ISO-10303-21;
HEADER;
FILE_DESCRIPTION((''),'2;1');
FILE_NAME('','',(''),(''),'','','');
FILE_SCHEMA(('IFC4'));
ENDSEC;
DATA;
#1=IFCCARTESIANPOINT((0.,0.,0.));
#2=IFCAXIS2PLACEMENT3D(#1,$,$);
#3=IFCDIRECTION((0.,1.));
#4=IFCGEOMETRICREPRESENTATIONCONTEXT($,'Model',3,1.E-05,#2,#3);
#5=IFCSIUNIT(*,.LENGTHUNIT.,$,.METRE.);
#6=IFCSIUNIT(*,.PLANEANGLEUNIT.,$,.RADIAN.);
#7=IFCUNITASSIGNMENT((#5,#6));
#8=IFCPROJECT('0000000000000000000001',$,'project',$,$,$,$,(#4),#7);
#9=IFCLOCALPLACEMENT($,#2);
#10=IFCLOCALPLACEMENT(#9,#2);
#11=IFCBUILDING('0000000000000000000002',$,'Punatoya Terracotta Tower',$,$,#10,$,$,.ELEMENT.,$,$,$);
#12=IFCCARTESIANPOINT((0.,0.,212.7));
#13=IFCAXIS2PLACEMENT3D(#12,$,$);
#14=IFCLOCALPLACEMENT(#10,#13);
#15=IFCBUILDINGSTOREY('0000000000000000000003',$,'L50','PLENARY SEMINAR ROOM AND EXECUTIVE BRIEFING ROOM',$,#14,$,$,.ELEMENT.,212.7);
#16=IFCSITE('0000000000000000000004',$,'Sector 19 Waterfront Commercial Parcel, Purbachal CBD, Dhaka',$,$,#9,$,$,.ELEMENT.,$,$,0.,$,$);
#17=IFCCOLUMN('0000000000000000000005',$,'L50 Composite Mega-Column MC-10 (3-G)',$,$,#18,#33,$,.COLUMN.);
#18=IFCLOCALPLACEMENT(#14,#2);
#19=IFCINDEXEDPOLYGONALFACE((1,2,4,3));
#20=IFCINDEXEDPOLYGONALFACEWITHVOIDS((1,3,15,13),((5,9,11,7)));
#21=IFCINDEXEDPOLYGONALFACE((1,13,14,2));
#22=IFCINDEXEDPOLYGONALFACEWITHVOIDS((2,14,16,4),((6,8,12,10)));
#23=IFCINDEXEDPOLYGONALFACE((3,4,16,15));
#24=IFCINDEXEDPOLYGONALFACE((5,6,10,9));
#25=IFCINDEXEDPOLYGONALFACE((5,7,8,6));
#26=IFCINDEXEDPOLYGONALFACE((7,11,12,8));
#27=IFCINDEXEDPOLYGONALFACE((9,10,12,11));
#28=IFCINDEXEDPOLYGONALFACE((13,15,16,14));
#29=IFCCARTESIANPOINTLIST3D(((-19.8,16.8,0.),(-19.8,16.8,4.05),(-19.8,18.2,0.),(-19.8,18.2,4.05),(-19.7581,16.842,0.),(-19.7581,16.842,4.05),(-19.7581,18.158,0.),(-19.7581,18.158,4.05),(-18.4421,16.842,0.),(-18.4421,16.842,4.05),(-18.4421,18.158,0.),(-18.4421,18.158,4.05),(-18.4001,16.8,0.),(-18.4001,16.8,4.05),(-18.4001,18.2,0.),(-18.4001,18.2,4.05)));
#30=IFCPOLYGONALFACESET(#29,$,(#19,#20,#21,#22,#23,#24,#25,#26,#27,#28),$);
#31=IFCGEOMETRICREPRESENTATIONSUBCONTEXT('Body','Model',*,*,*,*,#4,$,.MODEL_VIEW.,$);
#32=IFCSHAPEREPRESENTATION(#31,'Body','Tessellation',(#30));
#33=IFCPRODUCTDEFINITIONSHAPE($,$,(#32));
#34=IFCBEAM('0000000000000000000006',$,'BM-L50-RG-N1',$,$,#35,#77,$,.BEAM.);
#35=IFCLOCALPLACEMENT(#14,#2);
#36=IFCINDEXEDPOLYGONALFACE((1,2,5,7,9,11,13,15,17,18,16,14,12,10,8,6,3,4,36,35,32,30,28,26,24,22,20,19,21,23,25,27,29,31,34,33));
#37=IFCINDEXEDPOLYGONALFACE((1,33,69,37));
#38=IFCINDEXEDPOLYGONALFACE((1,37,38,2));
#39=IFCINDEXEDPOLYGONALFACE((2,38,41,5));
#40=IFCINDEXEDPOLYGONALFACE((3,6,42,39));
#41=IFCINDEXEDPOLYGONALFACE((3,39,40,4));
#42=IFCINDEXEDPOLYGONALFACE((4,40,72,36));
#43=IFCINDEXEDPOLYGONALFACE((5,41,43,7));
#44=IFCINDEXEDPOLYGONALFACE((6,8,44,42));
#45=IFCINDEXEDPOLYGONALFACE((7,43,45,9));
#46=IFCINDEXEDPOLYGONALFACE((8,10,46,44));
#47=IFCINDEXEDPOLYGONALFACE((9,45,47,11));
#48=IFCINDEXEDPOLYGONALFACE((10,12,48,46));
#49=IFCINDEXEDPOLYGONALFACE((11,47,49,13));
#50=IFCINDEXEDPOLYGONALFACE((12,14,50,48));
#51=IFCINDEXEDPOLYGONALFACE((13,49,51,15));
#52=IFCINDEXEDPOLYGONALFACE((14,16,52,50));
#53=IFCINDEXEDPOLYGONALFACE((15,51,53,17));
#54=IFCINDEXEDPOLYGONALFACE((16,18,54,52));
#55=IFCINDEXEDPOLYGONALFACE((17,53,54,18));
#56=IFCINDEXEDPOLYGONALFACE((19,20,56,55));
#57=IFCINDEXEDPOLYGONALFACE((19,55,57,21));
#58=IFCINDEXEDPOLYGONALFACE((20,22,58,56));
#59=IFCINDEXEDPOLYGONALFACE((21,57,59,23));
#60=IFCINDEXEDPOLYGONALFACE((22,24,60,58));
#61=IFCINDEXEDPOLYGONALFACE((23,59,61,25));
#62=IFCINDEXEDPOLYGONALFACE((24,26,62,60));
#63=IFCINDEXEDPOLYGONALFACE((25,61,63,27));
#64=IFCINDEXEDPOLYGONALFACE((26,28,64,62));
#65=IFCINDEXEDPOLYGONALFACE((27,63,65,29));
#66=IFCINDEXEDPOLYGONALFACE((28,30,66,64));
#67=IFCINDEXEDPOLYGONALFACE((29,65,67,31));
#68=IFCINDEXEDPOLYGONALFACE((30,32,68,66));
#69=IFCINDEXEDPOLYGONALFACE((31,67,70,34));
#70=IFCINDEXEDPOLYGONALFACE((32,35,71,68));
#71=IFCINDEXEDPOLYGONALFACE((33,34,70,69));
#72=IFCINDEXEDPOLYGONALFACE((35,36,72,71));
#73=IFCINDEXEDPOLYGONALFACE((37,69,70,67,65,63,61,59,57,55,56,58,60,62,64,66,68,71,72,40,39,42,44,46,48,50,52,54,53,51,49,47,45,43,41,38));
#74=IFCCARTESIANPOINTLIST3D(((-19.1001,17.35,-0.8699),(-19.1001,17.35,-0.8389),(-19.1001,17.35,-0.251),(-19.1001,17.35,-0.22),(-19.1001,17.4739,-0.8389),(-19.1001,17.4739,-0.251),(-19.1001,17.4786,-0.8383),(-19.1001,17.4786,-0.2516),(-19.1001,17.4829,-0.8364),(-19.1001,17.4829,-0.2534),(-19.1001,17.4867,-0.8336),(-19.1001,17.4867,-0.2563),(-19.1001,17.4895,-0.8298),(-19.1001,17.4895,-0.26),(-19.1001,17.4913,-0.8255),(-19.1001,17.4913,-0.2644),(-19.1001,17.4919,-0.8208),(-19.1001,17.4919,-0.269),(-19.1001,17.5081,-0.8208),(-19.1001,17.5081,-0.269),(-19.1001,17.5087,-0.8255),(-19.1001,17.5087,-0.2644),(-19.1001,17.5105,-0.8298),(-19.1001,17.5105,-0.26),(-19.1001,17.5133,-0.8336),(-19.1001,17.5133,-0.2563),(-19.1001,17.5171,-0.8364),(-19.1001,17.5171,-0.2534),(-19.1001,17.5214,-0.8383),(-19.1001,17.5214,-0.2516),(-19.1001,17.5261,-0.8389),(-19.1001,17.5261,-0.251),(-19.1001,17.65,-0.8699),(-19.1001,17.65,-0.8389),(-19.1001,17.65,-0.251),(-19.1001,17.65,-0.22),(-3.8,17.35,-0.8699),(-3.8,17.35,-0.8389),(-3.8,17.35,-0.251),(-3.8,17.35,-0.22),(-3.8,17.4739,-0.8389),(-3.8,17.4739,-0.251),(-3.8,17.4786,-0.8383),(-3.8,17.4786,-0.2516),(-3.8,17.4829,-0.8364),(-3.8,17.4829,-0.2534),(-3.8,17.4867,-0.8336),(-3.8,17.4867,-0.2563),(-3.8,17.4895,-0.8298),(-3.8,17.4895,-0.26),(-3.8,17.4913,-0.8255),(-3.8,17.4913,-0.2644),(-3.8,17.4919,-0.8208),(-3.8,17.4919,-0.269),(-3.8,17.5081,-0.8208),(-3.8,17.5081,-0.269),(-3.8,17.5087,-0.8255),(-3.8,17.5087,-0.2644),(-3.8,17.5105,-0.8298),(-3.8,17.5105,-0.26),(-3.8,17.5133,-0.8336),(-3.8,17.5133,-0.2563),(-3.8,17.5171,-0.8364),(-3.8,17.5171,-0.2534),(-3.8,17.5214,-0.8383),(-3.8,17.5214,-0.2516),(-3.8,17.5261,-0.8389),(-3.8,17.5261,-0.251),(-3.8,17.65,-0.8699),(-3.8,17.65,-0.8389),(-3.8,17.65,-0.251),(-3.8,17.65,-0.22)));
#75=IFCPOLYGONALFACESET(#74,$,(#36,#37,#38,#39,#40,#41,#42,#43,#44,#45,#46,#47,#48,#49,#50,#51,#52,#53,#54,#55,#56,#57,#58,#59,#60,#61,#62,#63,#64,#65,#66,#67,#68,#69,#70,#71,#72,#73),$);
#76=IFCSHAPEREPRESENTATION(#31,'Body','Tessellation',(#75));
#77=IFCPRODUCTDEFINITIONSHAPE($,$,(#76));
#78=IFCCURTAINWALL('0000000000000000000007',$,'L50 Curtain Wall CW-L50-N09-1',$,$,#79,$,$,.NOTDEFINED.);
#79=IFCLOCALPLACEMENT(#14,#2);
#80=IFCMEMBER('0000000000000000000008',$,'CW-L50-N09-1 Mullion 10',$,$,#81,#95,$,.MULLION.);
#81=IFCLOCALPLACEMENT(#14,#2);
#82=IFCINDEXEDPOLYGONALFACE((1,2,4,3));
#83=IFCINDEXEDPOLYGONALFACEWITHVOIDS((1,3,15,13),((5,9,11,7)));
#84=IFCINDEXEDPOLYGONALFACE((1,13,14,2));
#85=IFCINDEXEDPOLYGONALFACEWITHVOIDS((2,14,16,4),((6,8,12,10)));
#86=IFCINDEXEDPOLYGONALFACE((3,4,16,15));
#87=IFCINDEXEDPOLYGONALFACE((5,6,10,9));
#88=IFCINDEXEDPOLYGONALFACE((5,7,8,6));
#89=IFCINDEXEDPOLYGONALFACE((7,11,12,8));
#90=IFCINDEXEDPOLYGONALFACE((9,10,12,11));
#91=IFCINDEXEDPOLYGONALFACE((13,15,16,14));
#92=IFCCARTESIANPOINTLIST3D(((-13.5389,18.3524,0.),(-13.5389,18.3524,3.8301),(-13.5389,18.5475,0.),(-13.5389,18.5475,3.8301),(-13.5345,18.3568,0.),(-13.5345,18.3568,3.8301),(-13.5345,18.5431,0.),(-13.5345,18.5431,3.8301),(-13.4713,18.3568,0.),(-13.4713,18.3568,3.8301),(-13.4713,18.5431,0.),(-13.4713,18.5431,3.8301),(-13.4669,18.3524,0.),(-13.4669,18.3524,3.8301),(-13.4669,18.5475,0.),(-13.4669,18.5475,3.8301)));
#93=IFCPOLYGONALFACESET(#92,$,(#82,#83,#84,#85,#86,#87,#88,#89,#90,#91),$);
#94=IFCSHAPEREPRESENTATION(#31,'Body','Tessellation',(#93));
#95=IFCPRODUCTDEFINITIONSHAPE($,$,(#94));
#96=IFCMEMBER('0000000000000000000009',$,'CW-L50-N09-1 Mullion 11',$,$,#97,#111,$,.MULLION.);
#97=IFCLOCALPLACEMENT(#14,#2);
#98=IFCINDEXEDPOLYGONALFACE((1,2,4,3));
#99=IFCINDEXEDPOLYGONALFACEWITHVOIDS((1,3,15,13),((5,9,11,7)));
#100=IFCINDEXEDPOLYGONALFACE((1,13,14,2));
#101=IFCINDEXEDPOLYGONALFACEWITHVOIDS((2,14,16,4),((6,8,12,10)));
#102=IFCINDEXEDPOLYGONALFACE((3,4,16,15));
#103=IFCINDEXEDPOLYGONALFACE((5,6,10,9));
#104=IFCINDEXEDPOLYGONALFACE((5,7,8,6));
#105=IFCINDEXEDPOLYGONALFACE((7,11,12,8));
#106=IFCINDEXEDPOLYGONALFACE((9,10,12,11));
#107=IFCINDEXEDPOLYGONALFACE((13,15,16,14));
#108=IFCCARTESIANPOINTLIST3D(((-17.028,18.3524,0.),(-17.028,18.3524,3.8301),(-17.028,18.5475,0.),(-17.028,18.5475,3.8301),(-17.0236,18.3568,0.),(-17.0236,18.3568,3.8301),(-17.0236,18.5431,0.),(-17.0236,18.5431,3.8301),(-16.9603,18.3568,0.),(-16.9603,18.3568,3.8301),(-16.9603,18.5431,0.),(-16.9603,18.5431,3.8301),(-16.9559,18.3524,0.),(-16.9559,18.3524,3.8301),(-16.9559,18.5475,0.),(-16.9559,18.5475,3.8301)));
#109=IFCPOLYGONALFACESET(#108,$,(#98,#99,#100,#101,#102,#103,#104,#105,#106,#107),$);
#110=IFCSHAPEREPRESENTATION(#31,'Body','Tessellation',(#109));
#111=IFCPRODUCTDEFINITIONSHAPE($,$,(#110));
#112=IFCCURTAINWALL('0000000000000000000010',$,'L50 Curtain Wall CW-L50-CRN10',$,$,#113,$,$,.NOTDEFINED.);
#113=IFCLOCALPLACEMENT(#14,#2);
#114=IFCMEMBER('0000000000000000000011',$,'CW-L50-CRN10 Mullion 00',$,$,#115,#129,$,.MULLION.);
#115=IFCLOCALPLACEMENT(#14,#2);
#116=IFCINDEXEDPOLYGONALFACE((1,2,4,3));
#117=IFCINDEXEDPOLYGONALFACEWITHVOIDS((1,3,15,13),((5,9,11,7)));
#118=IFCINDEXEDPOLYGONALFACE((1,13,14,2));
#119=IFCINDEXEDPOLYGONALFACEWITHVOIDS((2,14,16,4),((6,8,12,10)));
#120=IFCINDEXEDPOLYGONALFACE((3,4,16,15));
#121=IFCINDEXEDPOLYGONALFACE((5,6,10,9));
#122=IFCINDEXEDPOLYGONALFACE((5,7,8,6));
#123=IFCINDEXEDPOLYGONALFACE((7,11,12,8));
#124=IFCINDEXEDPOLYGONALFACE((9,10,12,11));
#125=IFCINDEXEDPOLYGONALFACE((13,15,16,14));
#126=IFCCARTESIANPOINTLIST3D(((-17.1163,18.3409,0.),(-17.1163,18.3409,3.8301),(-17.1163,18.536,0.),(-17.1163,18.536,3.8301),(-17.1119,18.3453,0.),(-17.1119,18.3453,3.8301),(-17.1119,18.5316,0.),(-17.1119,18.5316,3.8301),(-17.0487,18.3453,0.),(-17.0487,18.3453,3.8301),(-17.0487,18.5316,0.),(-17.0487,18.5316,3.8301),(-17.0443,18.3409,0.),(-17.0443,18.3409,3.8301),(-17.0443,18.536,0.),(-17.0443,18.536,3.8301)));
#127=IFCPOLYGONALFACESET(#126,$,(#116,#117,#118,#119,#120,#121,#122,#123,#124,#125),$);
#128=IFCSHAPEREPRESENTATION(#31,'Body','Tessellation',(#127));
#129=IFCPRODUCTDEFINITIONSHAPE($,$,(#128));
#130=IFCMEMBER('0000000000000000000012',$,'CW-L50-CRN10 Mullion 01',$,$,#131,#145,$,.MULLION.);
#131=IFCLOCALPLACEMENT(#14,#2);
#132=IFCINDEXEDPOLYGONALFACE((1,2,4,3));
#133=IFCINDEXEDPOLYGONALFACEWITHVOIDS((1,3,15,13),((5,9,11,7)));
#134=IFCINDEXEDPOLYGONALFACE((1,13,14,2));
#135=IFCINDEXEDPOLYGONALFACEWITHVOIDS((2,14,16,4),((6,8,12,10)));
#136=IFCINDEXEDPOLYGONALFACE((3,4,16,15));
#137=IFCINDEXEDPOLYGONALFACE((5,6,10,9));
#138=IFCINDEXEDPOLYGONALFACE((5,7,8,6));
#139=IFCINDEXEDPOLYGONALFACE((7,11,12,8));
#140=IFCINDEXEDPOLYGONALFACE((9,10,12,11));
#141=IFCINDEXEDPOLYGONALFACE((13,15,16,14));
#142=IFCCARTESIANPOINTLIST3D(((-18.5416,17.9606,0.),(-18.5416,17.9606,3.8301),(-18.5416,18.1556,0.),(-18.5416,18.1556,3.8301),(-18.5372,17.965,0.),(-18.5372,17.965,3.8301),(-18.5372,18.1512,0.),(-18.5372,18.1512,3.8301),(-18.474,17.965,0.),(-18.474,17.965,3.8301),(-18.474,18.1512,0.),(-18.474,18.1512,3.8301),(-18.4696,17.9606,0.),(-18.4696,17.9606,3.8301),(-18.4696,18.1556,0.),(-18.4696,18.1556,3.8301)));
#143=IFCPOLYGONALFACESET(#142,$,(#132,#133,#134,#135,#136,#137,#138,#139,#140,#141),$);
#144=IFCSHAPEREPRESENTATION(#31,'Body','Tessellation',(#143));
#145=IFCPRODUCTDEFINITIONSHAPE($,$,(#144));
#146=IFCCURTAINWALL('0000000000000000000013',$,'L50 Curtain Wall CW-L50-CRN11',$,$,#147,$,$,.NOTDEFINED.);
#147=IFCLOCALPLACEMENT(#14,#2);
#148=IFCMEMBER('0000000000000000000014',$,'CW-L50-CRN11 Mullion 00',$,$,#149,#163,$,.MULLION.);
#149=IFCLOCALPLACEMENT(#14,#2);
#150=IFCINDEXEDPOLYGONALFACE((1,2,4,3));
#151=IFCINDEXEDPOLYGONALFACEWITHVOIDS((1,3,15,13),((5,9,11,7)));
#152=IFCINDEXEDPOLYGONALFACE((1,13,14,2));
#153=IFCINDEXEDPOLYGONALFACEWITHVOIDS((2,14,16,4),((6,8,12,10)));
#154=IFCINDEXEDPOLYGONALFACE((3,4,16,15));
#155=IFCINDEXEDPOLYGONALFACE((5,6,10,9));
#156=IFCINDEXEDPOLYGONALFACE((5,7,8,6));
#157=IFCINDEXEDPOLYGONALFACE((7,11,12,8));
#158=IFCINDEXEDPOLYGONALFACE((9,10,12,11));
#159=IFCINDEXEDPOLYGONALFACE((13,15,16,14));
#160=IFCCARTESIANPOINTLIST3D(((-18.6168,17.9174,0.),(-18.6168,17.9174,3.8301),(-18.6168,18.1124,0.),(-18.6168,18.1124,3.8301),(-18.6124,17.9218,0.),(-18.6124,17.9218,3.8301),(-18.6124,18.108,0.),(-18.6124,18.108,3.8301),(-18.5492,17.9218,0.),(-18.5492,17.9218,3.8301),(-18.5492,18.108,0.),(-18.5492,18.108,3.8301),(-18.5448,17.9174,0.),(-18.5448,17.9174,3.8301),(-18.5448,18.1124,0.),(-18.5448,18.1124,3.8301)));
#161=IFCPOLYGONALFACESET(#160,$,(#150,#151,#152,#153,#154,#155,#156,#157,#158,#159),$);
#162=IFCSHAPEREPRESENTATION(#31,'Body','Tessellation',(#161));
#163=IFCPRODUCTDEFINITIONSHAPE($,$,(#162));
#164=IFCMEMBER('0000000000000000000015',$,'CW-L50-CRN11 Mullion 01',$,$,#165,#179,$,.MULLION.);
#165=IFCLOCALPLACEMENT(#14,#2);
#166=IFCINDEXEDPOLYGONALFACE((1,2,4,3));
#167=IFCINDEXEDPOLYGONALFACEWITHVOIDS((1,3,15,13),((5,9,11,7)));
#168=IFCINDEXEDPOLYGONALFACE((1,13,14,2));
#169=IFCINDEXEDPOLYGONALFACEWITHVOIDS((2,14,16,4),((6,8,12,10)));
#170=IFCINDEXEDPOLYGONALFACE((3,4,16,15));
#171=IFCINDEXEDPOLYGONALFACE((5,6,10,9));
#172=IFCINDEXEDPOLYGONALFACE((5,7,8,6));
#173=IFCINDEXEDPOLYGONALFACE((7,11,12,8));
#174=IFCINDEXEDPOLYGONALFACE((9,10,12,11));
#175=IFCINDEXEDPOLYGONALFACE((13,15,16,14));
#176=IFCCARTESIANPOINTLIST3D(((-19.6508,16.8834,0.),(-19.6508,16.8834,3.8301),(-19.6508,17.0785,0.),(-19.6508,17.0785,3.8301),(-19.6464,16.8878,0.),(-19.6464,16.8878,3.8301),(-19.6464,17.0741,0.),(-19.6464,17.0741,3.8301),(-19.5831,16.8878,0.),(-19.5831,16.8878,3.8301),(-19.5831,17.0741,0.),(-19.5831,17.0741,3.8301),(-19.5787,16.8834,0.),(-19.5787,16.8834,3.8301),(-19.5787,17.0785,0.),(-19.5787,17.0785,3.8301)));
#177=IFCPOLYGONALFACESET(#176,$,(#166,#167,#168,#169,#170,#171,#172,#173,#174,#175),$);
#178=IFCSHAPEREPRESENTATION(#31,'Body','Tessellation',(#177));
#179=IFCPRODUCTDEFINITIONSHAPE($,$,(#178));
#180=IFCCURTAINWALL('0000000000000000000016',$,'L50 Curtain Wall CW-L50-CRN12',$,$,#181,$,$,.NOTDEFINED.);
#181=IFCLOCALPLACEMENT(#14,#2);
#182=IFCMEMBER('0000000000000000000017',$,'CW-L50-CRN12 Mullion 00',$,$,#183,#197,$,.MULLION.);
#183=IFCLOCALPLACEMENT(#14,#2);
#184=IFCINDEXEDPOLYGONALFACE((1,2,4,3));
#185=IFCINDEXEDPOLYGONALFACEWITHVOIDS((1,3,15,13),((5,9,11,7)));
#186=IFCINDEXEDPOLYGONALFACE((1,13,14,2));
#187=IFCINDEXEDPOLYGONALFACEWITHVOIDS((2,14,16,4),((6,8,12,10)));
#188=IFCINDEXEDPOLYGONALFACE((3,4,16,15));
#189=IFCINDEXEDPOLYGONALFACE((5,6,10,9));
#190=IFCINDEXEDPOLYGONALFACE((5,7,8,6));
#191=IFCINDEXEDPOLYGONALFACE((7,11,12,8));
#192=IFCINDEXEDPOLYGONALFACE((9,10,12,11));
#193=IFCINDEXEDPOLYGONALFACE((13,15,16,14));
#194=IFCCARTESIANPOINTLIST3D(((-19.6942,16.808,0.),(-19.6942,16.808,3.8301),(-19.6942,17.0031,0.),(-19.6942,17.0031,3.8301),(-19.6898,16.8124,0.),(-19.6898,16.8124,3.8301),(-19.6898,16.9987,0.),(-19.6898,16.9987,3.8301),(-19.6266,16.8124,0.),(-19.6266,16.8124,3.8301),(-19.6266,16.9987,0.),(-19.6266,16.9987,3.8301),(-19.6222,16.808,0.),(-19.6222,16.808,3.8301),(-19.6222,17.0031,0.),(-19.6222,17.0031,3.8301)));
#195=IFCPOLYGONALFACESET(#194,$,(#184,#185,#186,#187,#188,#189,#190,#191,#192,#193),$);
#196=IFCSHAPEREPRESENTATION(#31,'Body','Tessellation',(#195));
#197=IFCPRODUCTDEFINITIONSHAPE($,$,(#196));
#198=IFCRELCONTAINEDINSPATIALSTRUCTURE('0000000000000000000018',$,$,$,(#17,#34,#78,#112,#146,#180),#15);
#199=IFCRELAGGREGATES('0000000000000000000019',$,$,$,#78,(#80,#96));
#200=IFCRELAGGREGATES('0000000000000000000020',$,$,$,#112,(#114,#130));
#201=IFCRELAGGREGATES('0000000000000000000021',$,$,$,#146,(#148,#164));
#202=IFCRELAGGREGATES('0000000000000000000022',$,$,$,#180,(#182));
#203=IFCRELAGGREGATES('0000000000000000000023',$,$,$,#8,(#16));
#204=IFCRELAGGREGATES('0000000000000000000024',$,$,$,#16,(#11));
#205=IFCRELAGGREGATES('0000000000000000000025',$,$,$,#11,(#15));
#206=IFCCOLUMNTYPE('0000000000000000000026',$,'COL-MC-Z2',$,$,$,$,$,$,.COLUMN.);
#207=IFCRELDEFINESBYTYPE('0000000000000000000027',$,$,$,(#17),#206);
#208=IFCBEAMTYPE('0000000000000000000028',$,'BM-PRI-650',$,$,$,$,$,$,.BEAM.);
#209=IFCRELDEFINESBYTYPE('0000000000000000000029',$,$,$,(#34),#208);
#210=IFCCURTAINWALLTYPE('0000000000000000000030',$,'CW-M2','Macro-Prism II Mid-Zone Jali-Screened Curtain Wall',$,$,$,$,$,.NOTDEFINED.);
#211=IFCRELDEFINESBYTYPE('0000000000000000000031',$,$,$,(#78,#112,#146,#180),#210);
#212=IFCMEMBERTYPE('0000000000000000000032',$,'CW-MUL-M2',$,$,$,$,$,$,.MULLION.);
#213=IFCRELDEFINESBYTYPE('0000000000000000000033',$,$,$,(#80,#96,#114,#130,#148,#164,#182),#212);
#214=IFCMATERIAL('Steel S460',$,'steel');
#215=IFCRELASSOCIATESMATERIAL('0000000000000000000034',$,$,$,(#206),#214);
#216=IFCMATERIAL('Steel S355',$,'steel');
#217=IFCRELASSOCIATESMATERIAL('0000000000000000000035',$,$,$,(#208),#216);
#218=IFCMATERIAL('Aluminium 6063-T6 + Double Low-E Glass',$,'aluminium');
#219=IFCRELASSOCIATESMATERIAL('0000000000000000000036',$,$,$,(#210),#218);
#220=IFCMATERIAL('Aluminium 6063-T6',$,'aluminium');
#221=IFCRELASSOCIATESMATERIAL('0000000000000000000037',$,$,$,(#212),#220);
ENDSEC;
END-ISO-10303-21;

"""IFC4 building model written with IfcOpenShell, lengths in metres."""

from ifc_helpers import new_model, si_unit, direction, frame, origin, origin_2d, place, context, subcontext, project, spatial, hollow_rectangle, i_section, extrude, material, material_profile, profile_set, type_object, element, aggregate, save


model = new_model("IFC4")

# Units and contexts
model_context = context("Model", 3, precision=1e-05, world=origin(), true_north=direction((0.0, 1.0)))
body_context = subcontext(model_context, "Body", "Model", "MODEL_VIEW")
ifc_project = project(units=[si_unit("LENGTHUNIT", "METRE"), si_unit("PLANEANGLEUNIT", "RADIAN")], contexts=[model_context])

# Site, building, storey
site_placement = place(None, origin())
site = spatial("IfcSite", under=ifc_project, at=site_placement, Name="Sector 19 Waterfront Commercial Parcel, Purbachal CBD, Dhaka", CompositionType="ELEMENT", RefElevation=0.0)
building_placement = place(site_placement, origin())
building = spatial("IfcBuilding", under=site, at=building_placement, Name="Punatoya Terracotta Tower", CompositionType="ELEMENT")
storey_placement = place(building_placement, frame((0.0, 0.0, 212.7)))
storey = spatial("IfcBuildingStorey", under=building, at=storey_placement, Name="L50", Description="PLENARY SEMINAR ROOM AND EXECUTIVE BRIEFING ROOM", CompositionType="ELEMENT", Elevation=212.7)

# Column
ifc_material_1 = material(Name="Steel S460", Category="steel")
ifc_material_profile_1 = material_profile(ifc_material_1, hollow_rectangle(XDim=1.3999, YDim=1.3999, WallThickness=0.042, at=origin_2d()))
ifc_profile_set_1 = profile_set([ifc_material_profile_1], Name="Steel S460")
column_type = type_object("IfcColumnType", Name="COL-MC-Z2", PredefinedType="COLUMN", material=ifc_profile_set_1)
column_placement = place(storey_placement, frame((-19.1001, 17.5, 0.0), z_axis=(0.0, 0.0, 1.0), x_axis=(1.0, 0.0, 0.0)))
element("IfcColumn", 1, at=column_placement, inside=storey, type_object=column_type, Name="L50 Composite Mega-Column MC-10 (3-G)", PredefinedType="COLUMN", context=body_context, shape_type="SweptSolid", body=[
    extrude(hollow_rectangle(XDim=1.3999, YDim=1.3999, WallThickness=0.042, at=origin_2d()), origin(), (0.0, 0.0, 1.0), 4.05),
])

# Beam
ifc_material_2 = material(Name="Steel S355", Category="steel")
ifc_material_profile_2 = material_profile(ifc_material_2, i_section(OverallWidth=0.3, OverallDepth=0.6499, WebThickness=0.0161, FlangeThickness=0.031, FilletRadius=0.0181, at=origin_2d()))
ifc_profile_set_2 = profile_set([ifc_material_profile_2], Name="Steel S355")
beam_type = type_object("IfcBeamType", Name="BM-PRI-650", PredefinedType="BEAM", material=ifc_profile_set_2)
beam_placement = place(storey_placement, frame((-19.1001, 17.5, -0.5449), z_axis=(1.0, 0.0, 0.0), x_axis=(0.0, 1.0, 0.0)))
element("IfcBeam", 2, at=beam_placement, inside=storey, type_object=beam_type, Name="BM-L50-RG-N1", PredefinedType="BEAM", context=body_context, shape_type="SweptSolid", body=[
    extrude(i_section(OverallWidth=0.3, OverallDepth=0.6499, WebThickness=0.0161, FlangeThickness=0.031, FilletRadius=0.0181, at=origin_2d()), origin(), (0.0, 0.0, 1.0), 15.3),
])

# Curtain walls, members
ifc_material_3 = material(Name="Aluminium 6063-T6 + Double Low-E Glass", Category="aluminium")
curtain_wall_type = type_object("IfcCurtainWallType", Name="CW-M2", Description="Macro-Prism II Mid-Zone Jali-Screened Curtain Wall", PredefinedType="NOTDEFINED", material=ifc_material_3)
curtain_wall_1_placement = place(storey_placement, origin())
curtain_wall_1 = element("IfcCurtainWall", 3, at=curtain_wall_1_placement, inside=storey, type_object=curtain_wall_type, Name="L50 Curtain Wall CW-L50-N09-1", PredefinedType="NOTDEFINED")
ifc_material_4 = material(Name="Aluminium 6063-T6", Category="aluminium")
ifc_material_profile_3 = material_profile(ifc_material_4, hollow_rectangle(XDim=0.072, YDim=0.1951, WallThickness=0.0044, at=origin_2d()))
ifc_profile_set_3 = profile_set([ifc_material_profile_3], Name="Aluminium 6063-T6")
member_type_1 = type_object("IfcMemberType", Name="CW-MUL-M2", PredefinedType="MULLION", material=ifc_profile_set_3)
member_1_placement = place(storey_placement, frame((-13.5029, 18.45, 0.0), z_axis=(0.0, 0.0, 1.0), x_axis=(1.0, 0.0, 0.0)))
member_1 = element("IfcMember", 4, at=member_1_placement, type_object=member_type_1, Name="CW-L50-N09-1 Mullion 10", PredefinedType="MULLION", context=body_context, shape_type="SweptSolid", body=[
    extrude(hollow_rectangle(XDim=0.072, YDim=0.1951, WallThickness=0.0044, at=origin_2d()), origin(), (0.0, 0.0, 1.0), 3.8301),
])
member_2_placement = place(storey_placement, frame((-16.9919, 18.45, 0.0), z_axis=(0.0, 0.0, 1.0), x_axis=(1.0, 0.0, 0.0)))
member_2 = element("IfcMember", 5, at=member_2_placement, type_object=member_type_1, Name="CW-L50-N09-1 Mullion 11", PredefinedType="MULLION", context=body_context, shape_type="SweptSolid", body=[
    extrude(hollow_rectangle(XDim=0.072, YDim=0.1951, WallThickness=0.0044, at=origin_2d()), origin(), (0.0, 0.0, 1.0), 3.8301),
])
curtain_wall_2_placement = place(storey_placement, origin())
curtain_wall_2 = element("IfcCurtainWall", 6, at=curtain_wall_2_placement, inside=storey, type_object=curtain_wall_type, Name="L50 Curtain Wall CW-L50-CRN10", PredefinedType="NOTDEFINED")
member_3_placement = place(storey_placement, frame((-17.0803, 18.4385, 0.0), z_axis=(0.0, 0.0, 1.0), x_axis=(1.0, 0.0, 0.0)))
member_3 = element("IfcMember", 7, at=member_3_placement, type_object=member_type_1, Name="CW-L50-CRN10 Mullion 00", PredefinedType="MULLION", context=body_context, shape_type="SweptSolid", body=[
    extrude(hollow_rectangle(XDim=0.072, YDim=0.1951, WallThickness=0.0044, at=origin_2d()), origin(), (0.0, 0.0, 1.0), 3.8301),
])
member_4_placement = place(storey_placement, frame((-18.5056, 18.0581, 0.0), z_axis=(0.0, 0.0, 1.0), x_axis=(1.0, 0.0, 0.0)))
member_4 = element("IfcMember", 8, at=member_4_placement, type_object=member_type_1, Name="CW-L50-CRN10 Mullion 01", PredefinedType="MULLION", context=body_context, shape_type="SweptSolid", body=[
    extrude(hollow_rectangle(XDim=0.072, YDim=0.1951, WallThickness=0.0044, at=origin_2d()), origin(), (0.0, 0.0, 1.0), 3.8301),
])
curtain_wall_3_placement = place(storey_placement, origin())
curtain_wall_3 = element("IfcCurtainWall", 9, at=curtain_wall_3_placement, inside=storey, type_object=curtain_wall_type, Name="L50 Curtain Wall CW-L50-CRN11", PredefinedType="NOTDEFINED")
member_5_placement = place(storey_placement, frame((-18.5808, 18.0149, 0.0), z_axis=(0.0, 0.0, 1.0), x_axis=(1.0, 0.0, 0.0)))
member_5 = element("IfcMember", 10, at=member_5_placement, type_object=member_type_1, Name="CW-L50-CRN11 Mullion 00", PredefinedType="MULLION", context=body_context, shape_type="SweptSolid", body=[
    extrude(hollow_rectangle(XDim=0.072, YDim=0.1951, WallThickness=0.0044, at=origin_2d()), origin(), (0.0, 0.0, 1.0), 3.8301),
])
member_6_placement = place(storey_placement, frame((-19.6147, 16.981, 0.0), z_axis=(0.0, 0.0, 1.0), x_axis=(1.0, 0.0, 0.0)))
member_6 = element("IfcMember", 11, at=member_6_placement, type_object=member_type_1, Name="CW-L50-CRN11 Mullion 01", PredefinedType="MULLION", context=body_context, shape_type="SweptSolid", body=[
    extrude(hollow_rectangle(XDim=0.072, YDim=0.1951, WallThickness=0.0044, at=origin_2d()), origin(), (0.0, 0.0, 1.0), 3.8301),
])

# Curtain wall, member
curtain_wall_4_placement = place(storey_placement, origin())
curtain_wall_4 = element("IfcCurtainWall", 12, at=curtain_wall_4_placement, inside=storey, type_object=curtain_wall_type, Name="L50 Curtain Wall CW-L50-CRN12", PredefinedType="NOTDEFINED")
member_7_placement = place(storey_placement, frame((-19.6582, 16.9055, 0.0), z_axis=(0.0, 0.0, 1.0), x_axis=(1.0, 0.0, 0.0)))
member_7 = element("IfcMember", 13, at=member_7_placement, type_object=member_type_1, Name="CW-L50-CRN12 Mullion 00", PredefinedType="MULLION", context=body_context, shape_type="SweptSolid", body=[
    extrude(hollow_rectangle(XDim=0.072, YDim=0.1951, WallThickness=0.0044, at=origin_2d()), origin(), (0.0, 0.0, 1.0), 3.8301),
])

aggregate(curtain_wall_1, [member_1, member_2])
aggregate(curtain_wall_2, [member_3, member_4])
aggregate(curtain_wall_3, [member_5, member_6])
aggregate(curtain_wall_4, [member_7])

save(model, "model.ifc")
